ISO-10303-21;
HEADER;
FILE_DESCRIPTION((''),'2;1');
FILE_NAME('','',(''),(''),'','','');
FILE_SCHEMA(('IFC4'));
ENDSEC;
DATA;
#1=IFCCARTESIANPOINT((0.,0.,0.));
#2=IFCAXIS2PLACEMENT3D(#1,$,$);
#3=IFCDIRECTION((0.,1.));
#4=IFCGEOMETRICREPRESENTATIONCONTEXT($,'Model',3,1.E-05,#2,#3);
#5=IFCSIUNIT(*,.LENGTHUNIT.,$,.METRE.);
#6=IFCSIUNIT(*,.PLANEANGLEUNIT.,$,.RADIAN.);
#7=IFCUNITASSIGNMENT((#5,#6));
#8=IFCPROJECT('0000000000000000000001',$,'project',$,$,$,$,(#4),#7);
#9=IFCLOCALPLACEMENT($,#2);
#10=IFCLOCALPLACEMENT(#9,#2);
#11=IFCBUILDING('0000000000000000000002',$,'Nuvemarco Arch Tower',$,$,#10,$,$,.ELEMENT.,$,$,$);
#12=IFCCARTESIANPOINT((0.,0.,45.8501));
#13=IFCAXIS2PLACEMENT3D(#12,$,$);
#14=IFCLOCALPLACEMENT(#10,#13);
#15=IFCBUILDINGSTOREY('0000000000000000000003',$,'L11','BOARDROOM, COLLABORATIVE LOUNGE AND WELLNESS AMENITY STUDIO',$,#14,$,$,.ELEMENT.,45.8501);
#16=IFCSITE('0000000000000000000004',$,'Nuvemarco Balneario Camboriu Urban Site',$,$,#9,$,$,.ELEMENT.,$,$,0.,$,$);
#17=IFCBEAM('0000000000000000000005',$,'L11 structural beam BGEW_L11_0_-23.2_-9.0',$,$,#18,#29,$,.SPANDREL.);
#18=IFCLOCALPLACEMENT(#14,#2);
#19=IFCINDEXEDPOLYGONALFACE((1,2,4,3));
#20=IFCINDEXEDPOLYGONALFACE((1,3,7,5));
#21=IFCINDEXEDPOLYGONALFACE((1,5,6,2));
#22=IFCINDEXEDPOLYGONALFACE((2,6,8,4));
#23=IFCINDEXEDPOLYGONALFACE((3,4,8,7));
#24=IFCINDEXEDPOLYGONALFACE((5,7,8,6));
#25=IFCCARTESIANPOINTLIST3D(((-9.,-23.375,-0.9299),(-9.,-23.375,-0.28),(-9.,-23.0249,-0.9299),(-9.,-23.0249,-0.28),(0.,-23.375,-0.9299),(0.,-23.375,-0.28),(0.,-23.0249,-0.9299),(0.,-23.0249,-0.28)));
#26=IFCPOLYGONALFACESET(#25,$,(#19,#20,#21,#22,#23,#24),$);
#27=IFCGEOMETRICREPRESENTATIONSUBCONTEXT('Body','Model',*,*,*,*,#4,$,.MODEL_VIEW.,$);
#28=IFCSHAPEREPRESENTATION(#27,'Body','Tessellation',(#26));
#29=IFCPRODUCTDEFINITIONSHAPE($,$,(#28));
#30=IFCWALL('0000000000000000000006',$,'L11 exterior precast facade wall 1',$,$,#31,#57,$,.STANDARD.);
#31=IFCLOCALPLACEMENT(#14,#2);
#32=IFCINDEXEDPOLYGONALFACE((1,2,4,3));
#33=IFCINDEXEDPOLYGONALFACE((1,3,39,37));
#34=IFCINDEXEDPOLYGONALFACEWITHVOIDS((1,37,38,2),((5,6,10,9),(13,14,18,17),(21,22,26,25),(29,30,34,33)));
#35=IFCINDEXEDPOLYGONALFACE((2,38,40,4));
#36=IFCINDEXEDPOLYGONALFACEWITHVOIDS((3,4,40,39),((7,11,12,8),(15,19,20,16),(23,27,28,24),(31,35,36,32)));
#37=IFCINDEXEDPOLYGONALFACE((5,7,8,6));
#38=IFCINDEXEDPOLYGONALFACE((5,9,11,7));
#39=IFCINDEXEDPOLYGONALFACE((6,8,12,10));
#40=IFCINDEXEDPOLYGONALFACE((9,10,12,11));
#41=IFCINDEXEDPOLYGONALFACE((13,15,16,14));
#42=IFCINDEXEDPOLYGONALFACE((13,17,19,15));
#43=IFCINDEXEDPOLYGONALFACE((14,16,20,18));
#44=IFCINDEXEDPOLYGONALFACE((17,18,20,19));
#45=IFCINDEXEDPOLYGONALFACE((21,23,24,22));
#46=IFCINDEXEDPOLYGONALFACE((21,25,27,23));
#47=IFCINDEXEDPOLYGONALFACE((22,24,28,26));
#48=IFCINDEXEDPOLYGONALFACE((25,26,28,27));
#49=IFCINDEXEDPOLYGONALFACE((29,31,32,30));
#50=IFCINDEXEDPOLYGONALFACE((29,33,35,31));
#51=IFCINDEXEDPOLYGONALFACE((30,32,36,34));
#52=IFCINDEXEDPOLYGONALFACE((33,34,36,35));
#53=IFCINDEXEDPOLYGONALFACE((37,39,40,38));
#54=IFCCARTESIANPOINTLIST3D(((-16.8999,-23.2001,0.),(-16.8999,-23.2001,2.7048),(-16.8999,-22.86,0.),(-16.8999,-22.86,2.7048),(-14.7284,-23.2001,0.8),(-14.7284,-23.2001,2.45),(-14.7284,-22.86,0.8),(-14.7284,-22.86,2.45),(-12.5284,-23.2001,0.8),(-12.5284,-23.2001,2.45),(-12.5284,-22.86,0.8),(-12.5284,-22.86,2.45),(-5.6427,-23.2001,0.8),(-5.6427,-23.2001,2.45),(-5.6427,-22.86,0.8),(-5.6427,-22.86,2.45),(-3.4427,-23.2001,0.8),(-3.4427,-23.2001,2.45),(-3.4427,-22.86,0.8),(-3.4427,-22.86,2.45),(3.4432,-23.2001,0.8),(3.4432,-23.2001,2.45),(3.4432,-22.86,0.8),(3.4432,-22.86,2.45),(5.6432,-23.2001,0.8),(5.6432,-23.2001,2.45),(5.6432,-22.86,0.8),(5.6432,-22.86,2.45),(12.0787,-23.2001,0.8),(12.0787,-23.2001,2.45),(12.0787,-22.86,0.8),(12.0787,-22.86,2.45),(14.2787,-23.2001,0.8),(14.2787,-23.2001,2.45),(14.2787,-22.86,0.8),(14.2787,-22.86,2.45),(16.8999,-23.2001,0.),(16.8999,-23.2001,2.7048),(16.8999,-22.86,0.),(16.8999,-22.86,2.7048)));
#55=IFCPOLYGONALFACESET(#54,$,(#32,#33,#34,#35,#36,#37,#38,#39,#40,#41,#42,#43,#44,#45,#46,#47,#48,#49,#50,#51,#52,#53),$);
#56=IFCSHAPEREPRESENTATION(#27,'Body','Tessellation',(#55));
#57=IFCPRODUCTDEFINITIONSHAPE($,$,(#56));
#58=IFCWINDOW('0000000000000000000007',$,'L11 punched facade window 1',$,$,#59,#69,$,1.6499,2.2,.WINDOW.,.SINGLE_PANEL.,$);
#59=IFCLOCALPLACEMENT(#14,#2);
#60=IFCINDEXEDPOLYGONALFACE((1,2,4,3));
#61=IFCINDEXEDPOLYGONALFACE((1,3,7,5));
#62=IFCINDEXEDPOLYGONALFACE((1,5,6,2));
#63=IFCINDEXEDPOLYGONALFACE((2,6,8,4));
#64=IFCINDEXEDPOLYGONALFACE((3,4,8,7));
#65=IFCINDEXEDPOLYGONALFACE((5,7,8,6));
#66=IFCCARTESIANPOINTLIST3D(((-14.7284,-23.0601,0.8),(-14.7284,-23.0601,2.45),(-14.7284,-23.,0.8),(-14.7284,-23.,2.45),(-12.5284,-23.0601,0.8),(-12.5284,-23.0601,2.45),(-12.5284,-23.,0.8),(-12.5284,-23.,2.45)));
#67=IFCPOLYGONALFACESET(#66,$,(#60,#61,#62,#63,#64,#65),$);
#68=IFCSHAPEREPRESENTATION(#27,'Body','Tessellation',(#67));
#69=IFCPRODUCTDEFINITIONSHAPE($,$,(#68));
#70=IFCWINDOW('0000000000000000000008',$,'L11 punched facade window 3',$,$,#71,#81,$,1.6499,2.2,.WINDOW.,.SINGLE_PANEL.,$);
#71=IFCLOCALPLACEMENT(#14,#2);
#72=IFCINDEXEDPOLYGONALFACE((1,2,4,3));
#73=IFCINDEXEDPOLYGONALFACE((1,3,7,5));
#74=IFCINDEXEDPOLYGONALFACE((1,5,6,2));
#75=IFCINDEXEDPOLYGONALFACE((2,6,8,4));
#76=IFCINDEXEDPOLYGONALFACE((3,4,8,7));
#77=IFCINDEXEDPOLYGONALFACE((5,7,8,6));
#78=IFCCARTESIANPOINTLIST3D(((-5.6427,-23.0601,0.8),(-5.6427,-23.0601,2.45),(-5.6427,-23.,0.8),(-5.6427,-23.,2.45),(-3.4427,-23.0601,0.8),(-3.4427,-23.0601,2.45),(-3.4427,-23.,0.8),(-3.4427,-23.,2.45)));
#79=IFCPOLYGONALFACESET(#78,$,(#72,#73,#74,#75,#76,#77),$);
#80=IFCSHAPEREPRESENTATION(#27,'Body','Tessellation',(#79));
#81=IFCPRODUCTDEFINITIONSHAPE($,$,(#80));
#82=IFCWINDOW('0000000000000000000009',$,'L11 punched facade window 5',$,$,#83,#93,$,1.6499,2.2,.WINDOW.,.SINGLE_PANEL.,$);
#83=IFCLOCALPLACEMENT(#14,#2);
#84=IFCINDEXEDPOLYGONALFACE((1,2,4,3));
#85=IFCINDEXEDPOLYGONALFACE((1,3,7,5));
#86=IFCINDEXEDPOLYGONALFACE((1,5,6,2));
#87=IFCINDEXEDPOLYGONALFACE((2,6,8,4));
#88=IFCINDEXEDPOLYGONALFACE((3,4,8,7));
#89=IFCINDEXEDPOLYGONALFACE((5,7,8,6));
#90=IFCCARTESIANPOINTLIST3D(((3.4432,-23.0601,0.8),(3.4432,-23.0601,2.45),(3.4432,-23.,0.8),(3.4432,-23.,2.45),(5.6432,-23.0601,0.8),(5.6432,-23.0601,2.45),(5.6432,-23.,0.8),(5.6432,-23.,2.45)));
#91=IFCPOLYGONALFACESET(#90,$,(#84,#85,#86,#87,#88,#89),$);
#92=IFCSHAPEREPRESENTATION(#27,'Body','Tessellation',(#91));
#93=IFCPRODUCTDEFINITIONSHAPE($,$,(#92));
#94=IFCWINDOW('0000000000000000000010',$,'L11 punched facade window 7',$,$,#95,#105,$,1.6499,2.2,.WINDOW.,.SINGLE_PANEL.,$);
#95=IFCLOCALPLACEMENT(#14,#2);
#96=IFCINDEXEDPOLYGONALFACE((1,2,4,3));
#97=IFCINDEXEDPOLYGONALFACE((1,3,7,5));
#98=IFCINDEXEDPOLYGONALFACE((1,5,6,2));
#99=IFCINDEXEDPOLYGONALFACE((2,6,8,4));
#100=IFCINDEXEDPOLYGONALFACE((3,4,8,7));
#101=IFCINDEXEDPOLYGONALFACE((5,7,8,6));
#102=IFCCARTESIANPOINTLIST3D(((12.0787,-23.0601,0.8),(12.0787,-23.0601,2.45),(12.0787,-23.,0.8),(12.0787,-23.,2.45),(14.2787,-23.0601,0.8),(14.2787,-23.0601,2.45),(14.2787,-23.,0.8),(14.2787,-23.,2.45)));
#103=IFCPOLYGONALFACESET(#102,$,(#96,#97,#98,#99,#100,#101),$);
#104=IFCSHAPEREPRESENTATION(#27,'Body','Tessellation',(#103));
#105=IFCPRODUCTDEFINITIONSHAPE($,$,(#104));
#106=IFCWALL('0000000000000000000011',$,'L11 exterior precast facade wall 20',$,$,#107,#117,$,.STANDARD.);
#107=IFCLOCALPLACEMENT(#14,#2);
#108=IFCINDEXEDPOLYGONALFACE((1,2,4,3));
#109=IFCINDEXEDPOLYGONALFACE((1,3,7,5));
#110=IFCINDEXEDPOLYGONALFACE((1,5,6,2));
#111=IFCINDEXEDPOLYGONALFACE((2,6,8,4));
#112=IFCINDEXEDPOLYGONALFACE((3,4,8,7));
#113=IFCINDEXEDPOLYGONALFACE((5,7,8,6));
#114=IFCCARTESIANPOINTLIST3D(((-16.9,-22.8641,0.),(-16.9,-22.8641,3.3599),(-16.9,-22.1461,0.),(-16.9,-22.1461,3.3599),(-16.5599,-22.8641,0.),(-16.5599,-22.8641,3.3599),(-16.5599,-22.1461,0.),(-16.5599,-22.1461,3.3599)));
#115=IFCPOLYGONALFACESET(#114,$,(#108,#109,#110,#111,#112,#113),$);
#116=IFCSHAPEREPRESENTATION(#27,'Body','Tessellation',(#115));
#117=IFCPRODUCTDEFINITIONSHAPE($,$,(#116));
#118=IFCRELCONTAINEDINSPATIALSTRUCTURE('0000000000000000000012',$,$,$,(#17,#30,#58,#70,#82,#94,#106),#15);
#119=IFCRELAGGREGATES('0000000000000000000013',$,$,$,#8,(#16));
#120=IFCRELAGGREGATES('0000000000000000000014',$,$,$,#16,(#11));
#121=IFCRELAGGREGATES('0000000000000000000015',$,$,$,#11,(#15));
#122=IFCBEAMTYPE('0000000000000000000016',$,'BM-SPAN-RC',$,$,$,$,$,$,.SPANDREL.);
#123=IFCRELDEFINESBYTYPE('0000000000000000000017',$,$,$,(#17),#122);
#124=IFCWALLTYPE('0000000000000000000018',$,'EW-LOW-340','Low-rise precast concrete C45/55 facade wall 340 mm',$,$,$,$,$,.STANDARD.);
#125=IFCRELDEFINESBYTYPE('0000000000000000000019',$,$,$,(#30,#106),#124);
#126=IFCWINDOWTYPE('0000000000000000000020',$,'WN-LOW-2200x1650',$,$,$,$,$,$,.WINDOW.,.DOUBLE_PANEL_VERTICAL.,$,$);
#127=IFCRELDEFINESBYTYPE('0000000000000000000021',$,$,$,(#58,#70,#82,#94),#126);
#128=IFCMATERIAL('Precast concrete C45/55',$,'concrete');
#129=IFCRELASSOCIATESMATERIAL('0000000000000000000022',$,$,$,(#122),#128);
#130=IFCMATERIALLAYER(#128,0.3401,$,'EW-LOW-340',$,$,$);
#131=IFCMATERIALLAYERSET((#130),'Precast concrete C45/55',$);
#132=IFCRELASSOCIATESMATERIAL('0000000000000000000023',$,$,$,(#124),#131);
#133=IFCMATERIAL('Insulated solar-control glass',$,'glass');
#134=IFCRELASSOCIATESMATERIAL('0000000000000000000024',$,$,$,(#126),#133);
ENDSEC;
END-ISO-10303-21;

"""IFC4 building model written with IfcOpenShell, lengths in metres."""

from ifc_helpers import new_model, si_unit, direction, frame, frame_2d, origin, origin_2d, place, context, subcontext, project, spatial, rectangle, extrude, source, transform, mapped, material, layer, layer_set, material_profile, profile_set, type_object, type_shapes, element, fill, save


model = new_model("IFC4")

# Units and contexts
model_context = context("Model", 3, precision=1e-05, world=origin(), true_north=direction((0.0, 1.0)))
body_context = subcontext(model_context, "Body", "Model", "MODEL_VIEW")
ifc_project = project(units=[si_unit("LENGTHUNIT", "METRE"), si_unit("PLANEANGLEUNIT", "RADIAN")], contexts=[model_context])

# Site, building, storey
site_placement = place(None, origin())
site = spatial("IfcSite", under=ifc_project, at=site_placement, Name="Nuvemarco Balneario Camboriu Urban Site", CompositionType="ELEMENT", RefElevation=0.0)
building_placement = place(site_placement, origin())
building = spatial("IfcBuilding", under=site, at=building_placement, Name="Nuvemarco Arch Tower", CompositionType="ELEMENT")
storey_placement = place(building_placement, frame((0.0, 0.0, 45.8501)))
storey = spatial("IfcBuildingStorey", under=building, at=storey_placement, Name="L11", Description="BOARDROOM, COLLABORATIVE LOUNGE AND WELLNESS AMENITY STUDIO", CompositionType="ELEMENT", Elevation=45.8501)

# Beam
ifc_material_1 = material(Name="Precast concrete C45/55", Category="concrete")
ifc_material_profile_1 = material_profile(ifc_material_1, rectangle(XDim=0.3501, YDim=0.6499, at=origin_2d()), Name="PC-SP-350x650")
ifc_profile_set_1 = profile_set([ifc_material_profile_1], Name="Precast concrete C45/55")
beam_type_1 = type_object("IfcBeamType", Name="BM-SPAN-RC", PredefinedType="SPANDREL", material=ifc_profile_set_1)
beam_1_placement = place(storey_placement, frame((-9.0, -23.2, -0.605), z_axis=(1.0, 0.0, 0.0), x_axis=(0.0, 1.0, 0.0)))
element("IfcBeam", 1, at=beam_1_placement, inside=storey, type_object=beam_type_1, Name="L11 structural beam BGEW_L11_0_-23.2_-9.0", PredefinedType="SPANDREL", context=body_context, shape_type="SweptSolid", body=[
    extrude(rectangle(XDim=0.3501, YDim=0.6499, at=origin_2d()), origin(), (0.0, 0.0, 1.0), 9.0),
])

# Wall, openings, windows
ifc_layer_1 = layer(ifc_material_1, 0.3401, Name="EW-LOW-340")
ifc_layer_set_1 = layer_set([ifc_layer_1], Name="Precast concrete C45/55")
wall_type_1 = type_object("IfcWallType", Name="EW-LOW-340", Description="Low-rise precast concrete C45/55 facade wall 340 mm", PredefinedType="STANDARD", material=ifc_layer_set_1)
wall_1_placement = place(storey_placement, frame((-16.8999, -23.03, 0.0), z_axis=(0.0, 0.0, 1.0), x_axis=(1.0, 0.0, 0.0)))
wall_1 = element("IfcWall", 2, at=wall_1_placement, inside=storey, type_object=wall_type_1, Name="L11 exterior precast facade wall 1", PredefinedType="STANDARD", context=body_context, shape_type="SweptSolid", body=[
    extrude(rectangle(XDim=33.7998, YDim=0.3401, at=frame_2d((16.8999, 0.0))), origin(), (0.0, 0.0, 1.0), 2.7048),
])
opening_1_placement = place(wall_1_placement, frame((2.1714, 0.0, 0.8)))
opening_1 = element("IfcOpeningElement", 3, at=opening_1_placement, cuts=wall_1, PredefinedType="OPENING", context=body_context, shape_type="SweptSolid", body=[
    extrude(rectangle(XDim=2.2, YDim=1.6499, at=frame_2d((1.1001, 0.825))), frame((0.0, 0.1799, 0.0), z_axis=(0.0, -1.0, 0.0), x_axis=(1.0, 0.0, 0.0)), (0.0, 0.0, 1.0), 0.3601),
])
opening_2_placement = place(wall_1_placement, frame((11.2571, 0.0, 0.8)))
opening_2 = element("IfcOpeningElement", 4, at=opening_2_placement, cuts=wall_1, PredefinedType="OPENING", context=body_context, shape_type="SweptSolid", body=[
    extrude(rectangle(XDim=2.2, YDim=1.6499, at=frame_2d((1.1001, 0.825))), frame((0.0, 0.1799, 0.0), z_axis=(0.0, -1.0, 0.0), x_axis=(1.0, 0.0, 0.0)), (0.0, 0.0, 1.0), 0.3601),
])
opening_3_placement = place(wall_1_placement, frame((20.343, 0.0, 0.8)))
opening_3 = element("IfcOpeningElement", 5, at=opening_3_placement, cuts=wall_1, PredefinedType="OPENING", context=body_context, shape_type="SweptSolid", body=[
    extrude(rectangle(XDim=2.2, YDim=1.6499, at=frame_2d((1.1001, 0.825))), frame((0.0, 0.1799, 0.0), z_axis=(0.0, -1.0, 0.0), x_axis=(1.0, 0.0, 0.0)), (0.0, 0.0, 1.0), 0.3601),
])
opening_4_placement = place(wall_1_placement, frame((28.9785, 0.0, 0.8)))
opening_4 = element("IfcOpeningElement", 6, at=opening_4_placement, cuts=wall_1, PredefinedType="OPENING", context=body_context, shape_type="SweptSolid", body=[
    extrude(rectangle(XDim=2.2, YDim=1.6499, at=frame_2d((1.1001, 0.825))), frame((0.0, 0.1799, 0.0), z_axis=(0.0, -1.0, 0.0), x_axis=(1.0, 0.0, 0.0)), (0.0, 0.0, 1.0), 0.3601),
])
ifc_material_2 = material(Name="Insulated solar-control glass", Category="glass")
window_type = type_object("IfcWindowType", Name="WN-LOW-2200x1650", PartitioningType="DOUBLE_PANEL_VERTICAL", PredefinedType="WINDOW", material=ifc_material_2)
shared_shape_1 = source(origin(), body_context, "Body", "SweptSolid", [
    extrude(rectangle(XDim=2.2, YDim=1.6499, at=frame_2d((1.1001, 0.825))), frame((0.0, 0.03, 0.0), z_axis=(0.0, -1.0, 0.0), x_axis=(1.0, 0.0, 0.0)), (0.0, 0.0, 1.0), 0.0601),
])
type_shapes(window_type, [shared_shape_1])
window_1_placement = place(opening_1_placement, origin())
window_1 = element("IfcWindow", 7, at=window_1_placement, inside=storey, type_object=window_type, Name="L11 punched facade window 1", OverallHeight=1.6499, OverallWidth=2.2, PartitioningType="SINGLE_PANEL", PredefinedType="WINDOW", context=body_context, shape_type="MappedRepresentation", body=[
    mapped(shared_shape_1, transform((0.0, 0.0, 0.0), scale=1.0)),
])
fill(opening_1, window_1)
window_2_placement = place(opening_2_placement, origin())
window_2 = element("IfcWindow", 8, at=window_2_placement, inside=storey, type_object=window_type, Name="L11 punched facade window 3", OverallHeight=1.6499, OverallWidth=2.2, PartitioningType="SINGLE_PANEL", PredefinedType="WINDOW", context=body_context, shape_type="MappedRepresentation", body=[
    mapped(shared_shape_1, transform((0.0, 0.0, 0.0), scale=1.0)),
])
fill(opening_2, window_2)
window_3_placement = place(opening_3_placement, origin())
window_3 = element("IfcWindow", 9, at=window_3_placement, inside=storey, type_object=window_type, Name="L11 punched facade window 5", OverallHeight=1.6499, OverallWidth=2.2, PartitioningType="SINGLE_PANEL", PredefinedType="WINDOW", context=body_context, shape_type="MappedRepresentation", body=[
    mapped(shared_shape_1, transform((0.0, 0.0, 0.0), scale=1.0)),
])
fill(opening_3, window_3)
window_4_placement = place(opening_4_placement, origin())
window_4 = element("IfcWindow", 10, at=window_4_placement, inside=storey, type_object=window_type, Name="L11 punched facade window 7", OverallHeight=1.6499, OverallWidth=2.2, PartitioningType="SINGLE_PANEL", PredefinedType="WINDOW", context=body_context, shape_type="MappedRepresentation", body=[
    mapped(shared_shape_1, transform((0.0, 0.0, 0.0), scale=1.0)),
])
fill(opening_4, window_4)

# Wall
wall_2_placement = place(storey_placement, frame((-16.73, -22.864, 0.0), z_axis=(0.0, 0.0, 1.0), x_axis=(0.0, 1.0, 0.0)))
element("IfcWall", 11, at=wall_2_placement, inside=storey, type_object=wall_type_1, Name="L11 exterior precast facade wall 20", PredefinedType="STANDARD", context=body_context, shape_type="SweptSolid", body=[
    extrude(rectangle(XDim=0.718, YDim=0.3401, at=frame_2d((0.3589, 0.0))), origin(), (0.0, 0.0, 1.0), 3.3599),
])

save(model, "model.ifc")
